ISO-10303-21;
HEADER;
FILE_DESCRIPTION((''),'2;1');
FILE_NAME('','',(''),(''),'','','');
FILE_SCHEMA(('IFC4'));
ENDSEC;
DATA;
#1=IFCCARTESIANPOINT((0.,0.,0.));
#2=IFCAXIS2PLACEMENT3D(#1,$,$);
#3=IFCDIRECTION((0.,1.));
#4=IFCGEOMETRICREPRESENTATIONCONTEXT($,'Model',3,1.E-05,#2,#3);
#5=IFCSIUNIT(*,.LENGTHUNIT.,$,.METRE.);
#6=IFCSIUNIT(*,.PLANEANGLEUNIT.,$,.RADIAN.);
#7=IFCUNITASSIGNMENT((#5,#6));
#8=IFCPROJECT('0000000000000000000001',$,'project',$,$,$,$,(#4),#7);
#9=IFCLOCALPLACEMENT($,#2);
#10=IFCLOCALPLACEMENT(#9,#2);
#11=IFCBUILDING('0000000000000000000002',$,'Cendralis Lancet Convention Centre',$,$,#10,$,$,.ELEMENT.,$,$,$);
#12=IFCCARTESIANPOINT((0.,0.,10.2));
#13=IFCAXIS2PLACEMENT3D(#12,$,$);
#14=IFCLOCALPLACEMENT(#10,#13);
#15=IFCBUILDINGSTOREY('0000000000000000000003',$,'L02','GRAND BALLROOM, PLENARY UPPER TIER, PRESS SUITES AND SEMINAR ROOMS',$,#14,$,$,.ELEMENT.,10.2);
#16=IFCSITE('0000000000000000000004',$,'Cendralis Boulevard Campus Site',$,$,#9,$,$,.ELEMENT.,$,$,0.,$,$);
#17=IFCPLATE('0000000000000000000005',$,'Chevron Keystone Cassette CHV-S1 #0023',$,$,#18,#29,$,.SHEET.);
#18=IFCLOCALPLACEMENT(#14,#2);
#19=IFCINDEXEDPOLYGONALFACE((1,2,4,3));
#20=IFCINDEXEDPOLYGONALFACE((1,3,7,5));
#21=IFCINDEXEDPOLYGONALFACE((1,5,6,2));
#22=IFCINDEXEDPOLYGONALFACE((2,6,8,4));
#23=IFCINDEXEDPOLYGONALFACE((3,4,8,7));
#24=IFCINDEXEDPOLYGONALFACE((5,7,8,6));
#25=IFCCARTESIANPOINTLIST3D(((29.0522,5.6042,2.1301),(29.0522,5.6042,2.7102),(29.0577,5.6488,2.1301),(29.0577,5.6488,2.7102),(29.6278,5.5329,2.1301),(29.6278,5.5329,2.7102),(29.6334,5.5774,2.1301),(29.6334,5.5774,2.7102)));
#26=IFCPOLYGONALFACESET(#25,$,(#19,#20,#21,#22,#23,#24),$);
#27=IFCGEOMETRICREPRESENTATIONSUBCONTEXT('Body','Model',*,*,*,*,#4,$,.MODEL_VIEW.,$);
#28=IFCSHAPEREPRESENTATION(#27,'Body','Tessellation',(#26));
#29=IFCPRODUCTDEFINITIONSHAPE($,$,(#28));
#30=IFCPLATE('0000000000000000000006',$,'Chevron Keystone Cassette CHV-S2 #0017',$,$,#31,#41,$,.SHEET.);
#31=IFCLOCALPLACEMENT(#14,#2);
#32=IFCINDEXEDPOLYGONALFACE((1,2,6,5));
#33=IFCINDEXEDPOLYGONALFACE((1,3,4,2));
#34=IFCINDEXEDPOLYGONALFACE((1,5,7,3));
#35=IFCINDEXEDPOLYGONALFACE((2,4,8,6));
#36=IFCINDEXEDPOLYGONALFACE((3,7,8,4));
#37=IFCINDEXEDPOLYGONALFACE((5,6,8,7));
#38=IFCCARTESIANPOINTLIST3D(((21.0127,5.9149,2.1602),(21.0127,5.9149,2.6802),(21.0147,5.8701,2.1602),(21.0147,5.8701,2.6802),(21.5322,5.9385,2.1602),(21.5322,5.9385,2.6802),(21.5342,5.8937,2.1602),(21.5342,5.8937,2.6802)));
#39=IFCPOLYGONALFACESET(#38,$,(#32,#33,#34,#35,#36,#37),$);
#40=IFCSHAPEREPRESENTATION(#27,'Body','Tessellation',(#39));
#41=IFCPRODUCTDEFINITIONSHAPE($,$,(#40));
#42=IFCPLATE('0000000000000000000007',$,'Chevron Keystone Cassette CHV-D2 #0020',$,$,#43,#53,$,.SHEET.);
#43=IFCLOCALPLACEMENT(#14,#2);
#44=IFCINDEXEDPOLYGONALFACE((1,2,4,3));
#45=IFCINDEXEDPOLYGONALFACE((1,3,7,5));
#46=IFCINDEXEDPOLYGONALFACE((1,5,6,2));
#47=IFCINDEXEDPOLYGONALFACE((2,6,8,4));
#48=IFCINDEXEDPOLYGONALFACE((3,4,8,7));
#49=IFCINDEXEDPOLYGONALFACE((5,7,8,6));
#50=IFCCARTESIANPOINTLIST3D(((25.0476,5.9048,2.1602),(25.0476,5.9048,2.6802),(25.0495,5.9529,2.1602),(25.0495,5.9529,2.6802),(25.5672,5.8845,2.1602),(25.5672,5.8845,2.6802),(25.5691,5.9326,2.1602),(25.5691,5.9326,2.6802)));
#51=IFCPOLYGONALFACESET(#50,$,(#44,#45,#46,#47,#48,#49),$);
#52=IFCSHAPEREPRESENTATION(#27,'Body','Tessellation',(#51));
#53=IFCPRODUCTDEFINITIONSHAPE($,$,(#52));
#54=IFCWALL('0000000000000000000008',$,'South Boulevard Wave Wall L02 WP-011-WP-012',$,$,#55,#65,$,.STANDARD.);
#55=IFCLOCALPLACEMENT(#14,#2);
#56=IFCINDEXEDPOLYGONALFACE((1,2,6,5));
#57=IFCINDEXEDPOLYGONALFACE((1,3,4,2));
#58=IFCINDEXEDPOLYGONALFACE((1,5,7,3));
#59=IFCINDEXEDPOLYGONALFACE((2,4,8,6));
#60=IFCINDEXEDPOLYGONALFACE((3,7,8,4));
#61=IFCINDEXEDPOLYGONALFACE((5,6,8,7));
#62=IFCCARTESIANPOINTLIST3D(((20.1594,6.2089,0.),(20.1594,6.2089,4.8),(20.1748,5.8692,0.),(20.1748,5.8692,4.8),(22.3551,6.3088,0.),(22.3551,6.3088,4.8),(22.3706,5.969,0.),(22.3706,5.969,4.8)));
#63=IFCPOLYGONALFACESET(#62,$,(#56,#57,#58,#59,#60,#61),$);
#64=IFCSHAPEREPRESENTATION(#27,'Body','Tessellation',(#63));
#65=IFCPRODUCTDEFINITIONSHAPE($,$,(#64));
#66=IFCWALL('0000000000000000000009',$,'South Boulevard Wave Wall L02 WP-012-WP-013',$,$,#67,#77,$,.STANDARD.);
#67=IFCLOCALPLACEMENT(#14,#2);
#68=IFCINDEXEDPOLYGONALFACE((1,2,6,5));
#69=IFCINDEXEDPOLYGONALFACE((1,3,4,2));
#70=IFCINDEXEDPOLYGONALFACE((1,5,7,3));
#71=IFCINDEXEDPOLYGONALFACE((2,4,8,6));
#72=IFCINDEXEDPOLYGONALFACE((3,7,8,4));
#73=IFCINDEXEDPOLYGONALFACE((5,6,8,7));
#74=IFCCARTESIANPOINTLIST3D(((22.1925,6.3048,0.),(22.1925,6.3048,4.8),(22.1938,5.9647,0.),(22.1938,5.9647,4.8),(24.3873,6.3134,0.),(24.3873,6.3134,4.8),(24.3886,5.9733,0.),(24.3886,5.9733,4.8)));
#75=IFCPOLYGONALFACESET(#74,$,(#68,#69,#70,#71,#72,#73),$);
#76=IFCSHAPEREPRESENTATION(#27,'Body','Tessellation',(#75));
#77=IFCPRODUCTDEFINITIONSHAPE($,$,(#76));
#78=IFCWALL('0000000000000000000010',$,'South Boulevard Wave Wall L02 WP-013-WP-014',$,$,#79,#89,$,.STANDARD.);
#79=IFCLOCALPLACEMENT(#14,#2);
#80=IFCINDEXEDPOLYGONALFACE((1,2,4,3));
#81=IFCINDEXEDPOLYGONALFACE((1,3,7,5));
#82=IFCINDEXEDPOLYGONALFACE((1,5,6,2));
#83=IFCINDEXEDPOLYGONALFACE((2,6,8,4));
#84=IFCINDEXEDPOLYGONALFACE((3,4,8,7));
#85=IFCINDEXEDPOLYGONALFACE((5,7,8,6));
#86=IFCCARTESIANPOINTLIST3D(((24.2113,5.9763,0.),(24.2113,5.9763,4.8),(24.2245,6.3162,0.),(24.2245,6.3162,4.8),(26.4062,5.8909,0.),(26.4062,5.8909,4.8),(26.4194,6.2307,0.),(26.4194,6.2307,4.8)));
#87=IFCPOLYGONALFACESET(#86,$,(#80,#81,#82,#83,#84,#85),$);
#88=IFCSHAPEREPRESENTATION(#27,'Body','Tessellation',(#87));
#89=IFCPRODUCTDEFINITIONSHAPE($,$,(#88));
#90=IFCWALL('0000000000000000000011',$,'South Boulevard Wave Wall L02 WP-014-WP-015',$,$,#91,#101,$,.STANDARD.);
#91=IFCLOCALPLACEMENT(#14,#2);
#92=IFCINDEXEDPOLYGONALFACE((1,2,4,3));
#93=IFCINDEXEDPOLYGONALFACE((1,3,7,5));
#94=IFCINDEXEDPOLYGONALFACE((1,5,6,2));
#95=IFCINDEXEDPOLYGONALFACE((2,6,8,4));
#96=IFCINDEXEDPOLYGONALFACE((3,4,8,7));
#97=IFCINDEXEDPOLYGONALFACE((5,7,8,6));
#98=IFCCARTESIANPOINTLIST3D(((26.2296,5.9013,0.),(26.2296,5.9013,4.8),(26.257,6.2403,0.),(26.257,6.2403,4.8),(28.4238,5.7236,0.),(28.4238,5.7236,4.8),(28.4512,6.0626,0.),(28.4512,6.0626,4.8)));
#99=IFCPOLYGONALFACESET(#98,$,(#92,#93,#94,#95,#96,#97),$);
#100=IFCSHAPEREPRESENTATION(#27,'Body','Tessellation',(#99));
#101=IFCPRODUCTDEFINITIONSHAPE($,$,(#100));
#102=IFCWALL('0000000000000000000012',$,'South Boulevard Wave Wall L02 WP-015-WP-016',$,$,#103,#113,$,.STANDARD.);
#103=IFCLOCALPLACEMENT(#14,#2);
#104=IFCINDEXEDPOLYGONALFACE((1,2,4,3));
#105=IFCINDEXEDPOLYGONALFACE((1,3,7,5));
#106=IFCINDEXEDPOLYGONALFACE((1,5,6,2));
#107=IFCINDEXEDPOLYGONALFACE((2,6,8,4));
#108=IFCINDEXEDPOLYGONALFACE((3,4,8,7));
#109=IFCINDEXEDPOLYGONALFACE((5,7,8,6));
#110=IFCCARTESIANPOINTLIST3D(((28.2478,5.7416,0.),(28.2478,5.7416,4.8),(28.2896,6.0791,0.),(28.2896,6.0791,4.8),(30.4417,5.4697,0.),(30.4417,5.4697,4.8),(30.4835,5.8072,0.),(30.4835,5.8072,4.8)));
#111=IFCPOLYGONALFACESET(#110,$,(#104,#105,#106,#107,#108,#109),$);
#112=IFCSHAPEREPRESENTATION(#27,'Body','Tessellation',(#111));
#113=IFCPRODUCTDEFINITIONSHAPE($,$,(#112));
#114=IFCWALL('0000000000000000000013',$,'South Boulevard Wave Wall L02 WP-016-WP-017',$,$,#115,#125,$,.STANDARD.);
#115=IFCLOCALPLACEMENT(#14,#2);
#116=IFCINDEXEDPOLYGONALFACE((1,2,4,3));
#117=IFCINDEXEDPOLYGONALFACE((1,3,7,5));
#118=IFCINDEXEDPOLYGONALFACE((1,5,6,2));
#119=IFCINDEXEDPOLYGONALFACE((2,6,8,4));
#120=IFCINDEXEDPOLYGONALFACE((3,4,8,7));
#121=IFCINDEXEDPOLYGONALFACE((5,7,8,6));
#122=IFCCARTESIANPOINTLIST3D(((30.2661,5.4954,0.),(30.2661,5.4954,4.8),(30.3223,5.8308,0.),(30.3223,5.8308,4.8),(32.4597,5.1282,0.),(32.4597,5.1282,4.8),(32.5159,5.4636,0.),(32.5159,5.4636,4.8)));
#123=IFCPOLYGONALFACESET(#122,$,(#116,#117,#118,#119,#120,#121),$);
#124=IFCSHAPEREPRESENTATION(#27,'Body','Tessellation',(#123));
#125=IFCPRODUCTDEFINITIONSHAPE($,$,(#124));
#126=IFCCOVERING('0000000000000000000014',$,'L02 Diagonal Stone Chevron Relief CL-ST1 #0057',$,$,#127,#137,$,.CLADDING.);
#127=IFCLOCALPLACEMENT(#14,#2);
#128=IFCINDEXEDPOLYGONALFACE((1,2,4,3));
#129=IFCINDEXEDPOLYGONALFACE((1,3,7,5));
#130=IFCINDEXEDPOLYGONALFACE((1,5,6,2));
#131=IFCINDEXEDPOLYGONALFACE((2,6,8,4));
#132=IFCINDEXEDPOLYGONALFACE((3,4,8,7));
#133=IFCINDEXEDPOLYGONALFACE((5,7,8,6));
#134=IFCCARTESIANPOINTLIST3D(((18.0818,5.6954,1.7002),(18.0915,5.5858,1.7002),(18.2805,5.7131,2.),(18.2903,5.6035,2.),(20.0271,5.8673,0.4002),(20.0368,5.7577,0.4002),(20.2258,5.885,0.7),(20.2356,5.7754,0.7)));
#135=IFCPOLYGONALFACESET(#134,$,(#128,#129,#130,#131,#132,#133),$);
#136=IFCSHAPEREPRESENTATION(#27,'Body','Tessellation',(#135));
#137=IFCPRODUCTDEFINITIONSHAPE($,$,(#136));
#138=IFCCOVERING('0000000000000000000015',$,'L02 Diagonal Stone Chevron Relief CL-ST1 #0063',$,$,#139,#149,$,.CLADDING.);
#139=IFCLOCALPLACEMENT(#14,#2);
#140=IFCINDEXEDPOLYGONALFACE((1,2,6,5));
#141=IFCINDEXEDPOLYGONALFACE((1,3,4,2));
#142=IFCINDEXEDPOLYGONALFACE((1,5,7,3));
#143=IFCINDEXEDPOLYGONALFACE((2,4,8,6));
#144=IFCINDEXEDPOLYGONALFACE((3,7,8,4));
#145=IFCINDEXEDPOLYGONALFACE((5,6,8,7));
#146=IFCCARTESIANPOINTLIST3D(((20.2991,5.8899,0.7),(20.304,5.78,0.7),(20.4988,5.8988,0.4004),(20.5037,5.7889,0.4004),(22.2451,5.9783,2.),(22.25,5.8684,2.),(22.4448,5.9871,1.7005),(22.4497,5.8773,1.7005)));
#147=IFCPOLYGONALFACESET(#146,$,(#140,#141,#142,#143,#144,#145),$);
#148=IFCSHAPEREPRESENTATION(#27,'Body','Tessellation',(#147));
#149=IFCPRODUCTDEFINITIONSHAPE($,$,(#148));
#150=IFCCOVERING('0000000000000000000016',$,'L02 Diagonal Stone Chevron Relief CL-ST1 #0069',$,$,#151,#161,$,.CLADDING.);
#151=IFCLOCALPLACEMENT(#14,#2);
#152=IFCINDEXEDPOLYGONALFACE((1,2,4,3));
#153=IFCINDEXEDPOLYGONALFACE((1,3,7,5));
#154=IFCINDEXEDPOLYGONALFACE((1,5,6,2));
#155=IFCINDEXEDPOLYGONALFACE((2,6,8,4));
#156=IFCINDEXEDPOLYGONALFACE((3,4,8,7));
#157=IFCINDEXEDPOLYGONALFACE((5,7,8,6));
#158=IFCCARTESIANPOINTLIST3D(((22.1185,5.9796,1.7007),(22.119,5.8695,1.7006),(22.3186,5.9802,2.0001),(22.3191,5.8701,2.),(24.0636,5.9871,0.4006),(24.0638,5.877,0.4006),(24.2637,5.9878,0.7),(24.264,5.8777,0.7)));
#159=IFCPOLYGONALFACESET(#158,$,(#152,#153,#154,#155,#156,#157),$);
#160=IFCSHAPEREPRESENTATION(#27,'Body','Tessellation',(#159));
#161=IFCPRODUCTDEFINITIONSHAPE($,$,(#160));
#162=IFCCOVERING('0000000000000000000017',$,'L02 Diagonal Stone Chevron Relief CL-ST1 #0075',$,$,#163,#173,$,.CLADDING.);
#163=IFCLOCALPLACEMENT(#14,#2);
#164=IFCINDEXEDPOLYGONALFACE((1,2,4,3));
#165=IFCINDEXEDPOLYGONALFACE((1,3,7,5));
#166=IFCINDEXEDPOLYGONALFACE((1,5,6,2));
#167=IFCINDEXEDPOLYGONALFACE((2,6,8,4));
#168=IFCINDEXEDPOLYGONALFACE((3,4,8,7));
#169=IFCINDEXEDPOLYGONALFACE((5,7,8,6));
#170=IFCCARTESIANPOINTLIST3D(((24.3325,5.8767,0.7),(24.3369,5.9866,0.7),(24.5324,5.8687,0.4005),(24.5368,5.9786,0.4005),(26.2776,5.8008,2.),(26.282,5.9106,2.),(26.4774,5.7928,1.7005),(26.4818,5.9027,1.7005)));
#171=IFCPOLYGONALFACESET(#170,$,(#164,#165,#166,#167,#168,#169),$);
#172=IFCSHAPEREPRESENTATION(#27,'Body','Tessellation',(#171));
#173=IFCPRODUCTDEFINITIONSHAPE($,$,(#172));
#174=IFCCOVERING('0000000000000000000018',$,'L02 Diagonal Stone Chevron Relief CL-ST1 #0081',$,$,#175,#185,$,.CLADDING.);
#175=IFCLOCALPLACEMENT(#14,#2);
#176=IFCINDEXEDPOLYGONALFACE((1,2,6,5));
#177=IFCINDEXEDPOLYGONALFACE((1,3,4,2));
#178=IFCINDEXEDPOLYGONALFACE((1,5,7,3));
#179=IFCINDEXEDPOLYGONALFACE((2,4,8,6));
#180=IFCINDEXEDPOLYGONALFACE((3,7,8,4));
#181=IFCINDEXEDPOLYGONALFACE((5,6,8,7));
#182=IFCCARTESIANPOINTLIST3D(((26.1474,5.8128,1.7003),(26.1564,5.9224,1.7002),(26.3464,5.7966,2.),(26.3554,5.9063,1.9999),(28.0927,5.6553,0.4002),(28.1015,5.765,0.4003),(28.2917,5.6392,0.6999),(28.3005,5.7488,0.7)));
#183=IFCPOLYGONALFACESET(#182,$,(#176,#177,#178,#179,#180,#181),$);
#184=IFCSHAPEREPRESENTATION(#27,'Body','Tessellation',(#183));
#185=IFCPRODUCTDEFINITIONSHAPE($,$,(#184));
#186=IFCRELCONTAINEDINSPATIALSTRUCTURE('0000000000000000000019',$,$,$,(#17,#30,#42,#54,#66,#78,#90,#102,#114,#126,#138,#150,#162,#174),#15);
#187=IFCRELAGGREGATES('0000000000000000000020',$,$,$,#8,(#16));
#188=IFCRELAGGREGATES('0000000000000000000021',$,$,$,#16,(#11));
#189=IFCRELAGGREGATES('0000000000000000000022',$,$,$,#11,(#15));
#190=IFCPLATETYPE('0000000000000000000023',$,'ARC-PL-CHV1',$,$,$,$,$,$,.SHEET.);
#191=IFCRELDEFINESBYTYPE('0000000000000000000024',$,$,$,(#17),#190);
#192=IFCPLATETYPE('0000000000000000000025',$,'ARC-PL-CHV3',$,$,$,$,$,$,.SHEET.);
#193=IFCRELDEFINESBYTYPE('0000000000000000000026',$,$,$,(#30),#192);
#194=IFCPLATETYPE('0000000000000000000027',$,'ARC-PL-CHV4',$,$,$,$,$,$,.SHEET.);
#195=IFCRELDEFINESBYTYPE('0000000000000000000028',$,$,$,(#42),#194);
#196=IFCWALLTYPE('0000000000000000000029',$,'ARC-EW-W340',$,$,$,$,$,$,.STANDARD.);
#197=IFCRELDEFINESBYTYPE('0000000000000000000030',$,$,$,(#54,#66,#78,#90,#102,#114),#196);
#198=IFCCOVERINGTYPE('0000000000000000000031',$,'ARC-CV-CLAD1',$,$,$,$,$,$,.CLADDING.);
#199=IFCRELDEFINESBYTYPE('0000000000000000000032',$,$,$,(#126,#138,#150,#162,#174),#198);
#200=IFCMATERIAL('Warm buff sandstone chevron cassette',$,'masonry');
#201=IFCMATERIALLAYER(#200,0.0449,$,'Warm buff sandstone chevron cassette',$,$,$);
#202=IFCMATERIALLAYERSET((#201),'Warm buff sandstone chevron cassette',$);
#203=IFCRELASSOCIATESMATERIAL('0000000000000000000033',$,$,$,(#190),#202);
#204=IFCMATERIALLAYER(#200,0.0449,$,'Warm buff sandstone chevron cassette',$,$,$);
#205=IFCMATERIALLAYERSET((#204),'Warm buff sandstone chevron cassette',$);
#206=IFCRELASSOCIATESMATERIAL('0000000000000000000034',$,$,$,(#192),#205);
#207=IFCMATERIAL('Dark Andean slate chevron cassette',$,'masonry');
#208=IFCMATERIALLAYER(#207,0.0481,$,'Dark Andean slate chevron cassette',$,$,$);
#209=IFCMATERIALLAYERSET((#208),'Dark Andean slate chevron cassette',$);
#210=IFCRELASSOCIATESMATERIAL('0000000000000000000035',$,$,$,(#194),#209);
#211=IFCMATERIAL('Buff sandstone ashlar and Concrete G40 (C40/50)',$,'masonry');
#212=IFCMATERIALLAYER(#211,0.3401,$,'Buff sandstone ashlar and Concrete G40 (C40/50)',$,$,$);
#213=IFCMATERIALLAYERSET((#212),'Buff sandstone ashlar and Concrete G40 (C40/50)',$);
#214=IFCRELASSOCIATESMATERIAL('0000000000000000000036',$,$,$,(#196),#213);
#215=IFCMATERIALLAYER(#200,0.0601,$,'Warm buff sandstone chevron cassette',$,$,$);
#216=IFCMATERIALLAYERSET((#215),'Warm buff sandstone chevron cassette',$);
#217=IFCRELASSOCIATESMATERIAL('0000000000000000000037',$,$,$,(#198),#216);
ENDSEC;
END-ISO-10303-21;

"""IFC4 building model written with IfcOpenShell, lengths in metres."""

from ifc_helpers import new_model, si_unit, direction, frame, frame_2d, origin, origin_2d, place, context, subcontext, project, spatial, polyline, rectangle, outline, extrude, material, layer, layer_set, type_object, element, save


model = new_model("IFC4")

# Units and contexts
model_context = context("Model", 3, precision=1e-05, world=origin(), true_north=direction((0.0, 1.0)))
body_context = subcontext(model_context, "Body", "Model", "MODEL_VIEW")
ifc_project = project(units=[si_unit("LENGTHUNIT", "METRE"), si_unit("PLANEANGLEUNIT", "RADIAN")], contexts=[model_context])

# Site, building, storey
site_placement = place(None, origin())
site = spatial("IfcSite", under=ifc_project, at=site_placement, Name="Cendralis Boulevard Campus Site", CompositionType="ELEMENT", RefElevation=0.0)
building_placement = place(site_placement, origin())
building = spatial("IfcBuilding", under=site, at=building_placement, Name="Cendralis Lancet Convention Centre", CompositionType="ELEMENT")
storey_placement = place(building_placement, frame((0.0, 0.0, 10.2)))
storey = spatial("IfcBuildingStorey", under=building, at=storey_placement, Name="L02", Description="GRAND BALLROOM, PLENARY UPPER TIER, PRESS SUITES AND SEMINAR ROOMS", CompositionType="ELEMENT", Elevation=10.2)

# Plates
ifc_material_1 = material(Name="Warm buff sandstone chevron cassette", Category="masonry")
ifc_layer_1 = layer(ifc_material_1, 0.0449, Name="Warm buff sandstone chevron cassette")
ifc_layer_set_1 = layer_set([ifc_layer_1], Name="Warm buff sandstone chevron cassette")
plate_type_1 = type_object("IfcPlateType", Name="ARC-PL-CHV1", PredefinedType="SHEET", material=ifc_layer_set_1)
plate_1_placement = place(storey_placement, frame((29.3428, 5.5908, 2.1301), z_axis=(0.0, 0.0, 1.0), x_axis=(0.992405, -0.123013, 0.0)))
element("IfcPlate", 1, at=plate_1_placement, inside=storey, type_object=plate_type_1, Name="Chevron Keystone Cassette CHV-S1 #0023", PredefinedType="SHEET", context=body_context, shape_type="SweptSolid", body=[
    extrude(rectangle(XDim=0.5801, YDim=0.0449, at=origin_2d()), origin(), (0.0, 0.0, 1.0), 0.5801),
])
ifc_layer_2 = layer(ifc_material_1, 0.0449, Name="Warm buff sandstone chevron cassette")
ifc_layer_set_2 = layer_set([ifc_layer_2], Name="Warm buff sandstone chevron cassette")
plate_type_2 = type_object("IfcPlateType", Name="ARC-PL-CHV3", PredefinedType="SHEET", material=ifc_layer_set_2)
plate_2_placement = place(storey_placement, frame((21.2734, 5.9043, 2.1602), z_axis=(0.0, 0.0, 1.0), x_axis=(0.998971, 0.045363, 0.0)))
element("IfcPlate", 2, at=plate_2_placement, inside=storey, type_object=plate_type_2, Name="Chevron Keystone Cassette CHV-S2 #0017", PredefinedType="SHEET", context=body_context, shape_type="SweptSolid", body=[
    extrude(rectangle(XDim=0.52, YDim=0.0449, at=origin_2d()), origin(), (0.0, 0.0, 1.0), 0.52),
])
ifc_material_2 = material(Name="Dark Andean slate chevron cassette", Category="masonry")
ifc_layer_3 = layer(ifc_material_2, 0.0481, Name="Dark Andean slate chevron cassette")
ifc_layer_set_3 = layer_set([ifc_layer_3], Name="Dark Andean slate chevron cassette")
plate_type_3 = type_object("IfcPlateType", Name="ARC-PL-CHV4", PredefinedType="SHEET", material=ifc_layer_set_3)
plate_3_placement = place(storey_placement, frame((25.3083, 5.9187, 2.1602), z_axis=(0.0, 0.0, 1.0), x_axis=(0.99924, -0.038981, 0.0)))
element("IfcPlate", 3, at=plate_3_placement, inside=storey, type_object=plate_type_3, Name="Chevron Keystone Cassette CHV-D2 #0020", PredefinedType="SHEET", context=body_context, shape_type="SweptSolid", body=[
    extrude(rectangle(XDim=0.52, YDim=0.0481, at=origin_2d()), origin(), (0.0, 0.0, 1.0), 0.52),
])

# Walls
ifc_material_3 = material(Name="Buff sandstone ashlar and Concrete G40 (C40/50)", Category="masonry")
ifc_layer_4 = layer(ifc_material_3, 0.3401, Name="Buff sandstone ashlar and Concrete G40 (C40/50)")
ifc_layer_set_4 = layer_set([ifc_layer_4], Name="Buff sandstone ashlar and Concrete G40 (C40/50)")
wall_type = type_object("IfcWallType", Name="ARC-EW-W340", PredefinedType="STANDARD", material=ifc_layer_set_4)
wall_1_placement = place(storey_placement, frame((20.167, 6.0391, 0.0), z_axis=(0.0, 0.0, 1.0), x_axis=(0.998968, 0.045428, 0.0)))
element("IfcWall", 4, at=wall_1_placement, inside=storey, type_object=wall_type, Name="South Boulevard Wave Wall L02 WP-011-WP-012", PredefinedType="STANDARD", context=body_context, shape_type="SweptSolid", body=[
    extrude(rectangle(XDim=2.198, YDim=0.3401, at=frame_2d((1.0991, 0.0))), origin(), (0.0, 0.0, 1.0), 4.8),
])
wall_2_placement = place(storey_placement, frame((22.1931, 6.1348, 0.0), z_axis=(0.0, 0.0, 1.0), x_axis=(0.999992, 0.003893, 0.0)))
element("IfcWall", 5, at=wall_2_placement, inside=storey, type_object=wall_type, Name="South Boulevard Wave Wall L02 WP-012-WP-013", PredefinedType="STANDARD", context=body_context, shape_type="SweptSolid", body=[
    extrude(rectangle(XDim=2.1948, YDim=0.3401, at=frame_2d((1.0974, 0.0))), origin(), (0.0, 0.0, 1.0), 4.8),
])
wall_3_placement = place(storey_placement, frame((24.218, 6.1462, 0.0), z_axis=(0.0, 0.0, 1.0), x_axis=(0.999243, -0.038903, 0.0)))
element("IfcWall", 6, at=wall_3_placement, inside=storey, type_object=wall_type, Name="South Boulevard Wave Wall L02 WP-013-WP-014", PredefinedType="STANDARD", context=body_context, shape_type="SweptSolid", body=[
    extrude(rectangle(XDim=2.1965, YDim=0.3401, at=frame_2d((1.0981, 0.0))), origin(), (0.0, 0.0, 1.0), 4.8),
])
wall_4_placement = place(storey_placement, frame((26.2434, 6.0708, 0.0), z_axis=(0.0, 0.0, 1.0), x_axis=(0.996736, -0.080732, 0.0)))
element("IfcWall", 7, at=wall_4_placement, inside=storey, type_object=wall_type, Name="South Boulevard Wave Wall L02 WP-014-WP-015", PredefinedType="STANDARD", context=body_context, shape_type="SweptSolid", body=[
    extrude(rectangle(XDim=2.2014, YDim=0.3401, at=frame_2d((1.1006, 0.0))), origin(), (0.0, 0.0, 1.0), 4.8),
])
wall_5_placement = place(storey_placement, frame((28.2686, 5.9104, 0.0), z_axis=(0.0, 0.0, 1.0), x_axis=(0.992403, -0.123029, 0.0)))
element("IfcWall", 8, at=wall_5_placement, inside=storey, type_object=wall_type, Name="South Boulevard Wave Wall L02 WP-015-WP-016", PredefinedType="STANDARD", context=body_context, shape_type="SweptSolid", body=[
    extrude(rectangle(XDim=2.2107, YDim=0.3401, at=frame_2d((1.1055, 0.0))), origin(), (0.0, 0.0, 1.0), 4.8),
])
wall_6_placement = place(storey_placement, frame((30.2942, 5.6631, 0.0), z_axis=(0.0, 0.0, 1.0), x_axis=(0.986278, -0.165093, 0.0)))
element("IfcWall", 9, at=wall_6_placement, inside=storey, type_object=wall_type, Name="South Boulevard Wave Wall L02 WP-016-WP-017", PredefinedType="STANDARD", context=body_context, shape_type="SweptSolid", body=[
    extrude(rectangle(XDim=2.2241, YDim=0.3401, at=frame_2d((1.1121, 0.0))), origin(), (0.0, 0.0, 1.0), 4.8),
])

# Coverings
ifc_layer_5 = layer(ifc_material_1, 0.0601, Name="Warm buff sandstone chevron cassette")
ifc_layer_set_5 = layer_set([ifc_layer_5], Name="Warm buff sandstone chevron cassette")
covering_type_1 = type_object("IfcCoveringType", Name="ARC-CV-CLAD1", PredefinedType="CLADDING", material=ifc_layer_set_5)
covering_1_placement = place(storey_placement, frame((18.2903, 5.6035, 2.0), z_axis=(0.55196, 0.049172, 0.83242), x_axis=(0.829189, 0.073262, -0.554146)))
element("IfcCovering", 10, at=covering_1_placement, inside=storey, type_object=covering_type_1, Name="L02 Diagonal Stone Chevron Relief CL-ST1 #0057", PredefinedType="CLADDING", context=body_context, shape_type="SweptSolid", body=[
    extrude(outline(polyline([(0.0, 0.0), (2.346, 0.0), (2.346, 0.1101), (-0.0001, 0.1101), (0.0, 0.0)])), origin(), (0.0, 0.0, -1.0), 0.3601),
])
covering_2_placement = place(storey_placement, frame((20.304, 5.78, 0.7), z_axis=(-0.554551, -0.024647, 0.831784), x_axis=(0.830928, 0.037736, 0.555099)))
element("IfcCovering", 11, at=covering_2_placement, inside=storey, type_object=covering_type_1, Name="L02 Diagonal Stone Chevron Relief CL-ST1 #0063", PredefinedType="CLADDING", context=body_context, shape_type="SweptSolid", body=[
    extrude(outline(polyline([(0.0, 0.0), (2.342, 0.0), (2.3421, 0.11), (0.0001, 0.11), (0.0, 0.0)])), origin(), (0.0, 0.0, -1.0), 0.3601),
])
covering_3_placement = place(storey_placement, frame((22.3191, 5.8701, 2.0), z_axis=(0.555705, 0.001848, 0.831377), x_axis=(0.831371, 0.003235, -0.555708)))
element("IfcCovering", 12, at=covering_3_placement, inside=storey, type_object=covering_type_1, Name="L02 Diagonal Stone Chevron Relief CL-ST1 #0069", PredefinedType="CLADDING", context=body_context, shape_type="SweptSolid", body=[
    extrude(outline(polyline([(0.0, 0.0), (2.3393, 0.0), (2.3395, 0.1101), (0.0, 0.1101), (0.0, 0.0)])), origin(), (0.0, 0.0, -1.0), 0.3601),
])
covering_4_placement = place(storey_placement, frame((24.3325, 5.8767, 0.7), z_axis=(-0.554951, 0.022198, 0.831587), x_axis=(0.830954, -0.032437, 0.555395)))
element("IfcCovering", 13, at=covering_4_placement, inside=storey, type_object=covering_type_1, Name="L02 Diagonal Stone Chevron Relief CL-ST1 #0075", PredefinedType="CLADDING", context=body_context, shape_type="SweptSolid", body=[
    extrude(outline(polyline([(0.0, 0.0), (2.3408, 0.0), (2.3409, 0.11), (0.0001, 0.11), (0.0, 0.0)])), origin(), (0.0, 0.0, -1.0), 0.3601),
])
covering_5_placement = place(storey_placement, frame((26.3464, 5.7966, 2.0), z_axis=(0.552586, -0.044921, 0.832245), x_axis=(0.829531, -0.06715, -0.554409)))
element("IfcCovering", 14, at=covering_5_placement, inside=storey, type_object=covering_type_1, Name="L02 Diagonal Stone Chevron Relief CL-ST1 #0081", PredefinedType="CLADDING", context=body_context, shape_type="SweptSolid", body=[
    extrude(outline(polyline([(0.0, 0.0), (2.345, 0.0), (2.345, 0.11), (0.0001, 0.11), (0.0, 0.0)])), origin(), (0.0, 0.0, -1.0), 0.3601),
])

save(model, "model.ifc")
